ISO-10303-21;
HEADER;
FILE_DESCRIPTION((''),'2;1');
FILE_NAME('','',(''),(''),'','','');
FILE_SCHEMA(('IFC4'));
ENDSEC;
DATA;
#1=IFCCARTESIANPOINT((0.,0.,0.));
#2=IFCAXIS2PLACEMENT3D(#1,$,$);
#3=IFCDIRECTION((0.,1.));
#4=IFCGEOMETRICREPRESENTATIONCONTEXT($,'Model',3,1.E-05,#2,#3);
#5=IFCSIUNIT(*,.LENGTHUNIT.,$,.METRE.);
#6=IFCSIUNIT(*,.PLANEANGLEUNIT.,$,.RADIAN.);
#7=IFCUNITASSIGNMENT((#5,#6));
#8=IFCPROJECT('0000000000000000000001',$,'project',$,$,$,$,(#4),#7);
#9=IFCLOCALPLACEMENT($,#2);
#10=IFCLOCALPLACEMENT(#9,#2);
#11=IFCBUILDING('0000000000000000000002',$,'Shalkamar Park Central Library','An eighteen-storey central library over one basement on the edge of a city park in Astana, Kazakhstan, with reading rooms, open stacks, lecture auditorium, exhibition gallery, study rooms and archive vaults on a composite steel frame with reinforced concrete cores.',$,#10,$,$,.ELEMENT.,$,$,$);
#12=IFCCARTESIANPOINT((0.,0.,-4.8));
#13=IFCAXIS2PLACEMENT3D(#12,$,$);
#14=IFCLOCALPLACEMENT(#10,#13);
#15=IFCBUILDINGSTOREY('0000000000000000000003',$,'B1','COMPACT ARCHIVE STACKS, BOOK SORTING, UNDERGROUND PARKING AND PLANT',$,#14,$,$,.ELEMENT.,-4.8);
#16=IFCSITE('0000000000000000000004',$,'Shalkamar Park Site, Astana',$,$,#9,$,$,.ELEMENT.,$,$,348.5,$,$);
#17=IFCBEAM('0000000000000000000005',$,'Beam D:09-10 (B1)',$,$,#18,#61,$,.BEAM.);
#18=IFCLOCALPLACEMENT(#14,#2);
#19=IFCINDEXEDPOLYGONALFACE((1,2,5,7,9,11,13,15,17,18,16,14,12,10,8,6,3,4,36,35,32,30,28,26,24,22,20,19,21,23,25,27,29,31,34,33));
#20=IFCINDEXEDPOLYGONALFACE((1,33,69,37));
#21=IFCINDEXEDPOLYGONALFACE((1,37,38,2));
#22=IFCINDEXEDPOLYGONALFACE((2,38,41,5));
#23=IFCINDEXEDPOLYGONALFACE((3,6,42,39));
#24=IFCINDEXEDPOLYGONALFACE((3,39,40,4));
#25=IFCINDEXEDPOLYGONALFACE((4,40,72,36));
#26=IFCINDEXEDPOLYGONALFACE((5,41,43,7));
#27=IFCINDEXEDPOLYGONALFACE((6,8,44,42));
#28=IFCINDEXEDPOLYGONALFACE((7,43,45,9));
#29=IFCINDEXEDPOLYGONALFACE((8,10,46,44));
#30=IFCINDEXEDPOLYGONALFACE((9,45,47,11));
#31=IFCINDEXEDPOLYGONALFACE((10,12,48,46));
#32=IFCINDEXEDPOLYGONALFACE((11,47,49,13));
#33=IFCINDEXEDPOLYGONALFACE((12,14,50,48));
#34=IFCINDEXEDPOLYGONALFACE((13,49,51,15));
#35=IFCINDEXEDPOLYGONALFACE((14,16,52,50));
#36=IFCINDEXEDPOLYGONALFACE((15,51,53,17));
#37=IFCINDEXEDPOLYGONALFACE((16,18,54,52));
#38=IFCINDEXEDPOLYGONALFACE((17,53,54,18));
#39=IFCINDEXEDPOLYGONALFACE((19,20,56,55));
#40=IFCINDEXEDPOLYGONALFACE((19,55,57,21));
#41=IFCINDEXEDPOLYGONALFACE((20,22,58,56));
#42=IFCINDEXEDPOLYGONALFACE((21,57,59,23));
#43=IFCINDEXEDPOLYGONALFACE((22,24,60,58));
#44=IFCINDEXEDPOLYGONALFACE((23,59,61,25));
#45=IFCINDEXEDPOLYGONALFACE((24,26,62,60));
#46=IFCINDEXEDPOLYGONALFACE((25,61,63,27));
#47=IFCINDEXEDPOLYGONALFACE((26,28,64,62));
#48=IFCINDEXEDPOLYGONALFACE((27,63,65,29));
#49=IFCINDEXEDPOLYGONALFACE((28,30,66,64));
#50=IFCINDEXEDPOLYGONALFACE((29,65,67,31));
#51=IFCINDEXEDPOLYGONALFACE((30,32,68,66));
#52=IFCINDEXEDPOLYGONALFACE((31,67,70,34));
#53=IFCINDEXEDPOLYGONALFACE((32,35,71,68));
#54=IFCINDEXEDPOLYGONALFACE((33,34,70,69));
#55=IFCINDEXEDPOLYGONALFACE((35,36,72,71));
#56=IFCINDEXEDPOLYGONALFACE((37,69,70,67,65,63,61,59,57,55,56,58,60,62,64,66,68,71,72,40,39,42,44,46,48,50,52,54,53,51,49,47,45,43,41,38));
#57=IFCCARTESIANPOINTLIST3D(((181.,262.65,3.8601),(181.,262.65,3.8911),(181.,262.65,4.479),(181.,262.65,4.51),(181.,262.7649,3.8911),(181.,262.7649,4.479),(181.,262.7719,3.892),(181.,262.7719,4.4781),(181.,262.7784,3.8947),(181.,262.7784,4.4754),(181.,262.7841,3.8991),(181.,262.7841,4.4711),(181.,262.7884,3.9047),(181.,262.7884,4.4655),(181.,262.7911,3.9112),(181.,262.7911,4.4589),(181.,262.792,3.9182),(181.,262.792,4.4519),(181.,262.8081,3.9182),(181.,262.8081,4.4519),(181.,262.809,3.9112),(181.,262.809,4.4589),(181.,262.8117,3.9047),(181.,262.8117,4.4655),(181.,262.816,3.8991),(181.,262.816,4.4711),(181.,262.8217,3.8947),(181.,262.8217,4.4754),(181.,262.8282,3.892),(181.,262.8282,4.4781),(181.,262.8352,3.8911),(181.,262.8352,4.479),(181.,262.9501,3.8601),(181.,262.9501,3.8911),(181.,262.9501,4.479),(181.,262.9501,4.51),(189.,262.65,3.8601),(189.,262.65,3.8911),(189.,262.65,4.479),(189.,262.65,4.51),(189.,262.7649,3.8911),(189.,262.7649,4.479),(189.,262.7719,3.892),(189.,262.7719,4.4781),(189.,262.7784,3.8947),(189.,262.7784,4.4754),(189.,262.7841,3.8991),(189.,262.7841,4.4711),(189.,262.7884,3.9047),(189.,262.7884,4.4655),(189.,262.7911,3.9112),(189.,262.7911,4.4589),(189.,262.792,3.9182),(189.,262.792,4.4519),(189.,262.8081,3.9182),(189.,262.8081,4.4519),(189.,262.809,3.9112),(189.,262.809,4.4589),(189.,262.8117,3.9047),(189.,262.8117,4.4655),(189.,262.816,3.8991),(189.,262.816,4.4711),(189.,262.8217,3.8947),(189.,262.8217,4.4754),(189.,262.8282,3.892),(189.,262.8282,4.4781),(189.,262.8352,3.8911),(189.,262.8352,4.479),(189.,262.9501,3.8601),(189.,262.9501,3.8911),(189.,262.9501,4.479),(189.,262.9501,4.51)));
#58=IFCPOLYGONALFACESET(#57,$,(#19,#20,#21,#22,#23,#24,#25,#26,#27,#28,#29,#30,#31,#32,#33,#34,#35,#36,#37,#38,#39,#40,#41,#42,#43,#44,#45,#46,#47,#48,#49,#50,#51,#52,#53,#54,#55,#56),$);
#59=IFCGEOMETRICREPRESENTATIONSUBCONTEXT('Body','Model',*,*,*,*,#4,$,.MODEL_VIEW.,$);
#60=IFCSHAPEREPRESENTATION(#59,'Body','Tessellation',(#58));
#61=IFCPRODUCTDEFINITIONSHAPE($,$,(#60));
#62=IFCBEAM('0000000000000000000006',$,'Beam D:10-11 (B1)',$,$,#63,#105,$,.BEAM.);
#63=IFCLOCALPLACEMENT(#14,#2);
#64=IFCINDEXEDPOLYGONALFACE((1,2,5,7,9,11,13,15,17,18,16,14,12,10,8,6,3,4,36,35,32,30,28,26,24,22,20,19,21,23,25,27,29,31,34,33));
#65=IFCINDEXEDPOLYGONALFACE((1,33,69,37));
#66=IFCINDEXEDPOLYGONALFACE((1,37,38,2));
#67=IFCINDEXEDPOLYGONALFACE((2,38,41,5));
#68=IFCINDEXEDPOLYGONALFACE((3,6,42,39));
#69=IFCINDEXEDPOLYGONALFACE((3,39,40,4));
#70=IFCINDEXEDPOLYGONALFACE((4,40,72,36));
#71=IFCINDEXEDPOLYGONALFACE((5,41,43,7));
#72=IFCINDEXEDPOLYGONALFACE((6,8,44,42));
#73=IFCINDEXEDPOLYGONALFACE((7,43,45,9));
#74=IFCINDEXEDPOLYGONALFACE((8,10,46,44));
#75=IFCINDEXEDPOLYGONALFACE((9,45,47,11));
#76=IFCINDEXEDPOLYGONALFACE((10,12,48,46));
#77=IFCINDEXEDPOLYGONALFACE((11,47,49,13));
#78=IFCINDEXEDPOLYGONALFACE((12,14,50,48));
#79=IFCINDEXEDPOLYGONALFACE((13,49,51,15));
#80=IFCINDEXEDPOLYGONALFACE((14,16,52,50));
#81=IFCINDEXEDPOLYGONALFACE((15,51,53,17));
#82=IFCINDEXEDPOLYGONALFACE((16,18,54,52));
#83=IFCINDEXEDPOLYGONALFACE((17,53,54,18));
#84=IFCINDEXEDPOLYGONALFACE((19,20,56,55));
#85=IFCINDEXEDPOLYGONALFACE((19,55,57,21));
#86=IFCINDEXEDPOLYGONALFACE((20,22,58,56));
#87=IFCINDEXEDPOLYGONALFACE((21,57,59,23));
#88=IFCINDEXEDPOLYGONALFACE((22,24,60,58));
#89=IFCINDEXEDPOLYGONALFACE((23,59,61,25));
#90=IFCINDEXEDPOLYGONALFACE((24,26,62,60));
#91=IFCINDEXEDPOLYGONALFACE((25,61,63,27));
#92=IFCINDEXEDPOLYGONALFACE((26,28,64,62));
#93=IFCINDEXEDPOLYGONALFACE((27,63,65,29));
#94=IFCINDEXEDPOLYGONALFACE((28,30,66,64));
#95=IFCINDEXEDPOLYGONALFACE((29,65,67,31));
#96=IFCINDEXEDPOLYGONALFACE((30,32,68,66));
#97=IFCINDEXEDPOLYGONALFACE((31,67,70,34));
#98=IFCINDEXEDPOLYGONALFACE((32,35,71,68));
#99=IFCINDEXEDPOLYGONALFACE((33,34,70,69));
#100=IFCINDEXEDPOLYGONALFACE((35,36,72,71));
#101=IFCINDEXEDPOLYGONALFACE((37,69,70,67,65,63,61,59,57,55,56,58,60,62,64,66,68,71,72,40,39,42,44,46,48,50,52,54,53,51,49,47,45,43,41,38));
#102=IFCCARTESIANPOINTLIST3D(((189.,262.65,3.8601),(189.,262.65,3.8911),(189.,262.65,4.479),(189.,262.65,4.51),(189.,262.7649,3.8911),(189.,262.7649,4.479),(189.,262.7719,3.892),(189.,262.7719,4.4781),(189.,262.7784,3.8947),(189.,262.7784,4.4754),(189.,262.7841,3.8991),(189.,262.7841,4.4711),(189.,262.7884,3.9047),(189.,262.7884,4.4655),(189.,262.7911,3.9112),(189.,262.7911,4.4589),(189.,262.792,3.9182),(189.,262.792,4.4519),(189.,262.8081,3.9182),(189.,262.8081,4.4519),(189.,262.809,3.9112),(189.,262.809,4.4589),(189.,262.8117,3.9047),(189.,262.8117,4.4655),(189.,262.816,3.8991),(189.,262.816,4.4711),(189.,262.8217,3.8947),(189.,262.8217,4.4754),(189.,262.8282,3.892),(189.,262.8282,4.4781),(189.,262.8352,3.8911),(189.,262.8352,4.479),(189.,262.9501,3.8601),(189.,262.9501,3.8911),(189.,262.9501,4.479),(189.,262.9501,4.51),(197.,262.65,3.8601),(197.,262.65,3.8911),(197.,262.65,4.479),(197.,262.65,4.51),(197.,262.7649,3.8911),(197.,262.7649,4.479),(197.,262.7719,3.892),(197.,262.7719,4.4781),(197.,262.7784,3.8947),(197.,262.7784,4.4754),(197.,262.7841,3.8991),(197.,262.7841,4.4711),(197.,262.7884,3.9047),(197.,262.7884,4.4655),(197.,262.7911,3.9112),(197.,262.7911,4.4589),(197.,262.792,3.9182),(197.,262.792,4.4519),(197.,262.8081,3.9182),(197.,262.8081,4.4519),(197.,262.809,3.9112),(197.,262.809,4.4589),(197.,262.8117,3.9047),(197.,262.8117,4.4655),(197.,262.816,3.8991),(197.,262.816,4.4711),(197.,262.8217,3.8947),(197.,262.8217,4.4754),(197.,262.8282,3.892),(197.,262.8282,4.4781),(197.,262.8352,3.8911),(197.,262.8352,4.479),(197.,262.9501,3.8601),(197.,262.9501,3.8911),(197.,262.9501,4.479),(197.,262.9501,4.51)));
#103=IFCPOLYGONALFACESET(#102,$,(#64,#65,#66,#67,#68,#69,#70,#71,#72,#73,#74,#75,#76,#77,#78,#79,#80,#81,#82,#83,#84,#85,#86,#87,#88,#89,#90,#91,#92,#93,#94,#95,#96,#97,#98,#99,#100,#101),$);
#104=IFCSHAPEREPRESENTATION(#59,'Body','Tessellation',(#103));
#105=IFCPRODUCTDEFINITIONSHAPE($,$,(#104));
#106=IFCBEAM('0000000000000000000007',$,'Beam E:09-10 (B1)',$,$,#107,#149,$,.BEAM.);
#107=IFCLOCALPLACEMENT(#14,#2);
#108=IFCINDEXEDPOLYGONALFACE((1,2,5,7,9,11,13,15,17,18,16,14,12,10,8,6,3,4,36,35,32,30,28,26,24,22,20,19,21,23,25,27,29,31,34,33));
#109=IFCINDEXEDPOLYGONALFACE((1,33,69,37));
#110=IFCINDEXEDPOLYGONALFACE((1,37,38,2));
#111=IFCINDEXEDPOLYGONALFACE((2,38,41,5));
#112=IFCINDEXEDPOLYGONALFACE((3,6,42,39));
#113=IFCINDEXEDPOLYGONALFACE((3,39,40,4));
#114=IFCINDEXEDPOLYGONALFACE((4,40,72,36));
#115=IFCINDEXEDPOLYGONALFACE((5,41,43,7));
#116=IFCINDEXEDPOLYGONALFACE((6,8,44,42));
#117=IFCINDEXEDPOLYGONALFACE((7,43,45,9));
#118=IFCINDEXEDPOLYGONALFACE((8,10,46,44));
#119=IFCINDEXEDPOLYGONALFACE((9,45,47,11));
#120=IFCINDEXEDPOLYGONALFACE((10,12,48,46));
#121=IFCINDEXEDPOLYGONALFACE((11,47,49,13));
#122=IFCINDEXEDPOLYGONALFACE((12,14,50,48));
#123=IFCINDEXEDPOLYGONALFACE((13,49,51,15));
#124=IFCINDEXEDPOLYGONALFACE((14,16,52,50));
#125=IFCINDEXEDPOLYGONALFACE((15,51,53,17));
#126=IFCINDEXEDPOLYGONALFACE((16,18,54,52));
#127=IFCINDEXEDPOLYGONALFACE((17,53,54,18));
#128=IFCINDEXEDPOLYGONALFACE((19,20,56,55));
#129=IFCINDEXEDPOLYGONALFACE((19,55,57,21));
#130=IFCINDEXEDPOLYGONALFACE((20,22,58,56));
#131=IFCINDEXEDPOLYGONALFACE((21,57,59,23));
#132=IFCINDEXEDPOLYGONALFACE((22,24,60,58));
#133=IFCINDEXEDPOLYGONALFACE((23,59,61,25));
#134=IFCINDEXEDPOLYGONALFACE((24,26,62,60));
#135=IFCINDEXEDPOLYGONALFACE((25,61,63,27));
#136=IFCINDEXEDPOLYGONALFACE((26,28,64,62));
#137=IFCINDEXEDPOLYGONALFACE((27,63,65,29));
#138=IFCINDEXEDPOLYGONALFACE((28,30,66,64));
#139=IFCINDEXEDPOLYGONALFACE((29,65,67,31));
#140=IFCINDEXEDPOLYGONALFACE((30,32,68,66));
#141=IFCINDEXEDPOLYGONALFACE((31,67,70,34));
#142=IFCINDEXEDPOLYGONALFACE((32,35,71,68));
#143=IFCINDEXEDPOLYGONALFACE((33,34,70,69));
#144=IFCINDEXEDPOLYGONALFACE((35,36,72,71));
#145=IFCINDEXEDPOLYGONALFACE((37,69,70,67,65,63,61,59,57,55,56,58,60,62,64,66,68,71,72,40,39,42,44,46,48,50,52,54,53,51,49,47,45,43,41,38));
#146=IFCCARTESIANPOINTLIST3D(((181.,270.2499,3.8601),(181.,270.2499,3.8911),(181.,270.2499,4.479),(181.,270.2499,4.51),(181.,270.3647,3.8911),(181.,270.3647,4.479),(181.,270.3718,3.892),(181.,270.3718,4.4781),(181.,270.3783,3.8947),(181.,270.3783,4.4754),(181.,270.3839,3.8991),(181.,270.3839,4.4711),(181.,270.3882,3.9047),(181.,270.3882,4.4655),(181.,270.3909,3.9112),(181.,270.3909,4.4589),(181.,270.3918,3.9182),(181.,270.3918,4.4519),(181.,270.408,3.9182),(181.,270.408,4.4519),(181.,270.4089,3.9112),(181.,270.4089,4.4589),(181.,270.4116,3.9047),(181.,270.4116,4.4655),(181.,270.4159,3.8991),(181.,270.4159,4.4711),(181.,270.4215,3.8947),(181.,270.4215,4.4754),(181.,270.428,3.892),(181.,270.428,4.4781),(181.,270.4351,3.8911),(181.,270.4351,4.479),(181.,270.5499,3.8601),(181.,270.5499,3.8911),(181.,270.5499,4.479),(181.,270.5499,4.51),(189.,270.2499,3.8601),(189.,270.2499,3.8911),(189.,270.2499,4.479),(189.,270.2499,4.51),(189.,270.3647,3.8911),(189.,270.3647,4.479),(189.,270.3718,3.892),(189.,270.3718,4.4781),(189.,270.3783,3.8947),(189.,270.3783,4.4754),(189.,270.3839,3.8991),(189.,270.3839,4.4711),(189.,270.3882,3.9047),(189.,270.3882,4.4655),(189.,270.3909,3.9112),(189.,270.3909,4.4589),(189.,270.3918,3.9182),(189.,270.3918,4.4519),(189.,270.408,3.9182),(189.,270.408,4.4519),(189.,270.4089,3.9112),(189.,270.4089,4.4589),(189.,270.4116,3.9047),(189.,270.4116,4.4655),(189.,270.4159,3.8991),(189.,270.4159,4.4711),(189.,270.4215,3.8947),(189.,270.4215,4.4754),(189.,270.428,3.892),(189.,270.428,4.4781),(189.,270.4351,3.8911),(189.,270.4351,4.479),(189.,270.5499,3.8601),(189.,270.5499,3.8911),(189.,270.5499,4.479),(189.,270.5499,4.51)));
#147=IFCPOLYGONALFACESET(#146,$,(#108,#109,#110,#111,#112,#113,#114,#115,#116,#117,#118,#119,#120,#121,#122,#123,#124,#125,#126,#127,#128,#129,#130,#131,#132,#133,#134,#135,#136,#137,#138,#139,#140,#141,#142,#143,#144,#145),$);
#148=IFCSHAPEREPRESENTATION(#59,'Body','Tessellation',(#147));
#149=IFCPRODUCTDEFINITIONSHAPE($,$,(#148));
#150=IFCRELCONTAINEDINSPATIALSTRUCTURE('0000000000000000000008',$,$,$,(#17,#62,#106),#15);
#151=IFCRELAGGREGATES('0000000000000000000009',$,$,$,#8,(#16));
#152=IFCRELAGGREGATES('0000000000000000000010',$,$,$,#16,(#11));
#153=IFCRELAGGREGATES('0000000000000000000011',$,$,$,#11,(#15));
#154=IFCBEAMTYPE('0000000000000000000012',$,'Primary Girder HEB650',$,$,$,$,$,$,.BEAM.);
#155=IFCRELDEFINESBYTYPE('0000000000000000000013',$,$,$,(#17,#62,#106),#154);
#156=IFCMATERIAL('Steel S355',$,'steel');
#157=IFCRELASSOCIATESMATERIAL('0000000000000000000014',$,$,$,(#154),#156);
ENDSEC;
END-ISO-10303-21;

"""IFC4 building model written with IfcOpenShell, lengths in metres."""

from ifc_helpers import new_model, si_unit, direction, frame, origin, origin_2d, place, context, subcontext, project, spatial, i_section, extrude, material, material_profile, profile_set, type_object, element, save


model = new_model("IFC4")

# Units and contexts
model_context = context("Model", 3, precision=1e-05, world=origin(), true_north=direction((0.0, 1.0)))
body_context = subcontext(model_context, "Body", "Model", "MODEL_VIEW")
ifc_project = project(units=[si_unit("LENGTHUNIT", "METRE"), si_unit("PLANEANGLEUNIT", "RADIAN")], contexts=[model_context])

# Site, building, storey
site_placement = place(None, origin())
site = spatial("IfcSite", under=ifc_project, at=site_placement, Name="Shalkamar Park Site, Astana", CompositionType="ELEMENT", RefElevation=348.5)
building_placement = place(site_placement, origin())
building = spatial("IfcBuilding", under=site, at=building_placement, Name="Shalkamar Park Central Library", Description="An eighteen-storey central library over one basement on the edge of a city park in Astana, Kazakhstan, with reading rooms, open stacks, lecture auditorium, exhibition gallery, study rooms and archive vaults on a composite steel frame with reinforced concrete cores.", CompositionType="ELEMENT")
storey_placement = place(building_placement, frame((0.0, 0.0, -4.8)))
storey = spatial("IfcBuildingStorey", under=building, at=storey_placement, Name="B1", Description="COMPACT ARCHIVE STACKS, BOOK SORTING, UNDERGROUND PARKING AND PLANT", CompositionType="ELEMENT", Elevation=-4.8)

# Shared definitions
ifc_material_1 = material(Name="Steel S355", Category="steel")

# Beams
ifc_material_profile_1 = material_profile(ifc_material_1, i_section(OverallWidth=0.3, OverallDepth=0.6499, WebThickness=0.0161, FlangeThickness=0.031, FilletRadius=0.0271, at=origin_2d()), Name="HEB 650")
ifc_profile_set_1 = profile_set([ifc_material_profile_1], Name="Steel S355")
beam_type_1 = type_object("IfcBeamType", Name="Primary Girder HEB650", PredefinedType="BEAM", material=ifc_profile_set_1)
for number, where, z_axis, x_axis, name in (
    (1, (181.0, 262.8, 4.1851), (1.0, 0.0, 0.0), (0.0, 1.0, 0.0), "Beam D:09-10 (B1)"),
    (2, (189.0, 262.8, 4.1851), (1.0, 0.0, 0.0), (0.0, 1.0, 0.0), "Beam D:10-11 (B1)"),
    (3, (181.0, 270.3999, 4.1851), (1.0, 0.0, 0.0), (0.0, 1.0, 0.0), "Beam E:09-10 (B1)"),
):
    element("IfcBeam", number, at=place(storey_placement, frame(where, z_axis=z_axis, x_axis=x_axis)), inside=storey, type_object=beam_type_1, Name=name, PredefinedType="BEAM", context=body_context, shape_type="SweptSolid", body=[
        extrude(i_section(OverallWidth=0.3, OverallDepth=0.6499, WebThickness=0.0161, FlangeThickness=0.031, FilletRadius=0.0271, at=origin_2d()), origin(), (0.0, 0.0, 1.0), 8.0),
    ])

save(model, "model.ifc")
